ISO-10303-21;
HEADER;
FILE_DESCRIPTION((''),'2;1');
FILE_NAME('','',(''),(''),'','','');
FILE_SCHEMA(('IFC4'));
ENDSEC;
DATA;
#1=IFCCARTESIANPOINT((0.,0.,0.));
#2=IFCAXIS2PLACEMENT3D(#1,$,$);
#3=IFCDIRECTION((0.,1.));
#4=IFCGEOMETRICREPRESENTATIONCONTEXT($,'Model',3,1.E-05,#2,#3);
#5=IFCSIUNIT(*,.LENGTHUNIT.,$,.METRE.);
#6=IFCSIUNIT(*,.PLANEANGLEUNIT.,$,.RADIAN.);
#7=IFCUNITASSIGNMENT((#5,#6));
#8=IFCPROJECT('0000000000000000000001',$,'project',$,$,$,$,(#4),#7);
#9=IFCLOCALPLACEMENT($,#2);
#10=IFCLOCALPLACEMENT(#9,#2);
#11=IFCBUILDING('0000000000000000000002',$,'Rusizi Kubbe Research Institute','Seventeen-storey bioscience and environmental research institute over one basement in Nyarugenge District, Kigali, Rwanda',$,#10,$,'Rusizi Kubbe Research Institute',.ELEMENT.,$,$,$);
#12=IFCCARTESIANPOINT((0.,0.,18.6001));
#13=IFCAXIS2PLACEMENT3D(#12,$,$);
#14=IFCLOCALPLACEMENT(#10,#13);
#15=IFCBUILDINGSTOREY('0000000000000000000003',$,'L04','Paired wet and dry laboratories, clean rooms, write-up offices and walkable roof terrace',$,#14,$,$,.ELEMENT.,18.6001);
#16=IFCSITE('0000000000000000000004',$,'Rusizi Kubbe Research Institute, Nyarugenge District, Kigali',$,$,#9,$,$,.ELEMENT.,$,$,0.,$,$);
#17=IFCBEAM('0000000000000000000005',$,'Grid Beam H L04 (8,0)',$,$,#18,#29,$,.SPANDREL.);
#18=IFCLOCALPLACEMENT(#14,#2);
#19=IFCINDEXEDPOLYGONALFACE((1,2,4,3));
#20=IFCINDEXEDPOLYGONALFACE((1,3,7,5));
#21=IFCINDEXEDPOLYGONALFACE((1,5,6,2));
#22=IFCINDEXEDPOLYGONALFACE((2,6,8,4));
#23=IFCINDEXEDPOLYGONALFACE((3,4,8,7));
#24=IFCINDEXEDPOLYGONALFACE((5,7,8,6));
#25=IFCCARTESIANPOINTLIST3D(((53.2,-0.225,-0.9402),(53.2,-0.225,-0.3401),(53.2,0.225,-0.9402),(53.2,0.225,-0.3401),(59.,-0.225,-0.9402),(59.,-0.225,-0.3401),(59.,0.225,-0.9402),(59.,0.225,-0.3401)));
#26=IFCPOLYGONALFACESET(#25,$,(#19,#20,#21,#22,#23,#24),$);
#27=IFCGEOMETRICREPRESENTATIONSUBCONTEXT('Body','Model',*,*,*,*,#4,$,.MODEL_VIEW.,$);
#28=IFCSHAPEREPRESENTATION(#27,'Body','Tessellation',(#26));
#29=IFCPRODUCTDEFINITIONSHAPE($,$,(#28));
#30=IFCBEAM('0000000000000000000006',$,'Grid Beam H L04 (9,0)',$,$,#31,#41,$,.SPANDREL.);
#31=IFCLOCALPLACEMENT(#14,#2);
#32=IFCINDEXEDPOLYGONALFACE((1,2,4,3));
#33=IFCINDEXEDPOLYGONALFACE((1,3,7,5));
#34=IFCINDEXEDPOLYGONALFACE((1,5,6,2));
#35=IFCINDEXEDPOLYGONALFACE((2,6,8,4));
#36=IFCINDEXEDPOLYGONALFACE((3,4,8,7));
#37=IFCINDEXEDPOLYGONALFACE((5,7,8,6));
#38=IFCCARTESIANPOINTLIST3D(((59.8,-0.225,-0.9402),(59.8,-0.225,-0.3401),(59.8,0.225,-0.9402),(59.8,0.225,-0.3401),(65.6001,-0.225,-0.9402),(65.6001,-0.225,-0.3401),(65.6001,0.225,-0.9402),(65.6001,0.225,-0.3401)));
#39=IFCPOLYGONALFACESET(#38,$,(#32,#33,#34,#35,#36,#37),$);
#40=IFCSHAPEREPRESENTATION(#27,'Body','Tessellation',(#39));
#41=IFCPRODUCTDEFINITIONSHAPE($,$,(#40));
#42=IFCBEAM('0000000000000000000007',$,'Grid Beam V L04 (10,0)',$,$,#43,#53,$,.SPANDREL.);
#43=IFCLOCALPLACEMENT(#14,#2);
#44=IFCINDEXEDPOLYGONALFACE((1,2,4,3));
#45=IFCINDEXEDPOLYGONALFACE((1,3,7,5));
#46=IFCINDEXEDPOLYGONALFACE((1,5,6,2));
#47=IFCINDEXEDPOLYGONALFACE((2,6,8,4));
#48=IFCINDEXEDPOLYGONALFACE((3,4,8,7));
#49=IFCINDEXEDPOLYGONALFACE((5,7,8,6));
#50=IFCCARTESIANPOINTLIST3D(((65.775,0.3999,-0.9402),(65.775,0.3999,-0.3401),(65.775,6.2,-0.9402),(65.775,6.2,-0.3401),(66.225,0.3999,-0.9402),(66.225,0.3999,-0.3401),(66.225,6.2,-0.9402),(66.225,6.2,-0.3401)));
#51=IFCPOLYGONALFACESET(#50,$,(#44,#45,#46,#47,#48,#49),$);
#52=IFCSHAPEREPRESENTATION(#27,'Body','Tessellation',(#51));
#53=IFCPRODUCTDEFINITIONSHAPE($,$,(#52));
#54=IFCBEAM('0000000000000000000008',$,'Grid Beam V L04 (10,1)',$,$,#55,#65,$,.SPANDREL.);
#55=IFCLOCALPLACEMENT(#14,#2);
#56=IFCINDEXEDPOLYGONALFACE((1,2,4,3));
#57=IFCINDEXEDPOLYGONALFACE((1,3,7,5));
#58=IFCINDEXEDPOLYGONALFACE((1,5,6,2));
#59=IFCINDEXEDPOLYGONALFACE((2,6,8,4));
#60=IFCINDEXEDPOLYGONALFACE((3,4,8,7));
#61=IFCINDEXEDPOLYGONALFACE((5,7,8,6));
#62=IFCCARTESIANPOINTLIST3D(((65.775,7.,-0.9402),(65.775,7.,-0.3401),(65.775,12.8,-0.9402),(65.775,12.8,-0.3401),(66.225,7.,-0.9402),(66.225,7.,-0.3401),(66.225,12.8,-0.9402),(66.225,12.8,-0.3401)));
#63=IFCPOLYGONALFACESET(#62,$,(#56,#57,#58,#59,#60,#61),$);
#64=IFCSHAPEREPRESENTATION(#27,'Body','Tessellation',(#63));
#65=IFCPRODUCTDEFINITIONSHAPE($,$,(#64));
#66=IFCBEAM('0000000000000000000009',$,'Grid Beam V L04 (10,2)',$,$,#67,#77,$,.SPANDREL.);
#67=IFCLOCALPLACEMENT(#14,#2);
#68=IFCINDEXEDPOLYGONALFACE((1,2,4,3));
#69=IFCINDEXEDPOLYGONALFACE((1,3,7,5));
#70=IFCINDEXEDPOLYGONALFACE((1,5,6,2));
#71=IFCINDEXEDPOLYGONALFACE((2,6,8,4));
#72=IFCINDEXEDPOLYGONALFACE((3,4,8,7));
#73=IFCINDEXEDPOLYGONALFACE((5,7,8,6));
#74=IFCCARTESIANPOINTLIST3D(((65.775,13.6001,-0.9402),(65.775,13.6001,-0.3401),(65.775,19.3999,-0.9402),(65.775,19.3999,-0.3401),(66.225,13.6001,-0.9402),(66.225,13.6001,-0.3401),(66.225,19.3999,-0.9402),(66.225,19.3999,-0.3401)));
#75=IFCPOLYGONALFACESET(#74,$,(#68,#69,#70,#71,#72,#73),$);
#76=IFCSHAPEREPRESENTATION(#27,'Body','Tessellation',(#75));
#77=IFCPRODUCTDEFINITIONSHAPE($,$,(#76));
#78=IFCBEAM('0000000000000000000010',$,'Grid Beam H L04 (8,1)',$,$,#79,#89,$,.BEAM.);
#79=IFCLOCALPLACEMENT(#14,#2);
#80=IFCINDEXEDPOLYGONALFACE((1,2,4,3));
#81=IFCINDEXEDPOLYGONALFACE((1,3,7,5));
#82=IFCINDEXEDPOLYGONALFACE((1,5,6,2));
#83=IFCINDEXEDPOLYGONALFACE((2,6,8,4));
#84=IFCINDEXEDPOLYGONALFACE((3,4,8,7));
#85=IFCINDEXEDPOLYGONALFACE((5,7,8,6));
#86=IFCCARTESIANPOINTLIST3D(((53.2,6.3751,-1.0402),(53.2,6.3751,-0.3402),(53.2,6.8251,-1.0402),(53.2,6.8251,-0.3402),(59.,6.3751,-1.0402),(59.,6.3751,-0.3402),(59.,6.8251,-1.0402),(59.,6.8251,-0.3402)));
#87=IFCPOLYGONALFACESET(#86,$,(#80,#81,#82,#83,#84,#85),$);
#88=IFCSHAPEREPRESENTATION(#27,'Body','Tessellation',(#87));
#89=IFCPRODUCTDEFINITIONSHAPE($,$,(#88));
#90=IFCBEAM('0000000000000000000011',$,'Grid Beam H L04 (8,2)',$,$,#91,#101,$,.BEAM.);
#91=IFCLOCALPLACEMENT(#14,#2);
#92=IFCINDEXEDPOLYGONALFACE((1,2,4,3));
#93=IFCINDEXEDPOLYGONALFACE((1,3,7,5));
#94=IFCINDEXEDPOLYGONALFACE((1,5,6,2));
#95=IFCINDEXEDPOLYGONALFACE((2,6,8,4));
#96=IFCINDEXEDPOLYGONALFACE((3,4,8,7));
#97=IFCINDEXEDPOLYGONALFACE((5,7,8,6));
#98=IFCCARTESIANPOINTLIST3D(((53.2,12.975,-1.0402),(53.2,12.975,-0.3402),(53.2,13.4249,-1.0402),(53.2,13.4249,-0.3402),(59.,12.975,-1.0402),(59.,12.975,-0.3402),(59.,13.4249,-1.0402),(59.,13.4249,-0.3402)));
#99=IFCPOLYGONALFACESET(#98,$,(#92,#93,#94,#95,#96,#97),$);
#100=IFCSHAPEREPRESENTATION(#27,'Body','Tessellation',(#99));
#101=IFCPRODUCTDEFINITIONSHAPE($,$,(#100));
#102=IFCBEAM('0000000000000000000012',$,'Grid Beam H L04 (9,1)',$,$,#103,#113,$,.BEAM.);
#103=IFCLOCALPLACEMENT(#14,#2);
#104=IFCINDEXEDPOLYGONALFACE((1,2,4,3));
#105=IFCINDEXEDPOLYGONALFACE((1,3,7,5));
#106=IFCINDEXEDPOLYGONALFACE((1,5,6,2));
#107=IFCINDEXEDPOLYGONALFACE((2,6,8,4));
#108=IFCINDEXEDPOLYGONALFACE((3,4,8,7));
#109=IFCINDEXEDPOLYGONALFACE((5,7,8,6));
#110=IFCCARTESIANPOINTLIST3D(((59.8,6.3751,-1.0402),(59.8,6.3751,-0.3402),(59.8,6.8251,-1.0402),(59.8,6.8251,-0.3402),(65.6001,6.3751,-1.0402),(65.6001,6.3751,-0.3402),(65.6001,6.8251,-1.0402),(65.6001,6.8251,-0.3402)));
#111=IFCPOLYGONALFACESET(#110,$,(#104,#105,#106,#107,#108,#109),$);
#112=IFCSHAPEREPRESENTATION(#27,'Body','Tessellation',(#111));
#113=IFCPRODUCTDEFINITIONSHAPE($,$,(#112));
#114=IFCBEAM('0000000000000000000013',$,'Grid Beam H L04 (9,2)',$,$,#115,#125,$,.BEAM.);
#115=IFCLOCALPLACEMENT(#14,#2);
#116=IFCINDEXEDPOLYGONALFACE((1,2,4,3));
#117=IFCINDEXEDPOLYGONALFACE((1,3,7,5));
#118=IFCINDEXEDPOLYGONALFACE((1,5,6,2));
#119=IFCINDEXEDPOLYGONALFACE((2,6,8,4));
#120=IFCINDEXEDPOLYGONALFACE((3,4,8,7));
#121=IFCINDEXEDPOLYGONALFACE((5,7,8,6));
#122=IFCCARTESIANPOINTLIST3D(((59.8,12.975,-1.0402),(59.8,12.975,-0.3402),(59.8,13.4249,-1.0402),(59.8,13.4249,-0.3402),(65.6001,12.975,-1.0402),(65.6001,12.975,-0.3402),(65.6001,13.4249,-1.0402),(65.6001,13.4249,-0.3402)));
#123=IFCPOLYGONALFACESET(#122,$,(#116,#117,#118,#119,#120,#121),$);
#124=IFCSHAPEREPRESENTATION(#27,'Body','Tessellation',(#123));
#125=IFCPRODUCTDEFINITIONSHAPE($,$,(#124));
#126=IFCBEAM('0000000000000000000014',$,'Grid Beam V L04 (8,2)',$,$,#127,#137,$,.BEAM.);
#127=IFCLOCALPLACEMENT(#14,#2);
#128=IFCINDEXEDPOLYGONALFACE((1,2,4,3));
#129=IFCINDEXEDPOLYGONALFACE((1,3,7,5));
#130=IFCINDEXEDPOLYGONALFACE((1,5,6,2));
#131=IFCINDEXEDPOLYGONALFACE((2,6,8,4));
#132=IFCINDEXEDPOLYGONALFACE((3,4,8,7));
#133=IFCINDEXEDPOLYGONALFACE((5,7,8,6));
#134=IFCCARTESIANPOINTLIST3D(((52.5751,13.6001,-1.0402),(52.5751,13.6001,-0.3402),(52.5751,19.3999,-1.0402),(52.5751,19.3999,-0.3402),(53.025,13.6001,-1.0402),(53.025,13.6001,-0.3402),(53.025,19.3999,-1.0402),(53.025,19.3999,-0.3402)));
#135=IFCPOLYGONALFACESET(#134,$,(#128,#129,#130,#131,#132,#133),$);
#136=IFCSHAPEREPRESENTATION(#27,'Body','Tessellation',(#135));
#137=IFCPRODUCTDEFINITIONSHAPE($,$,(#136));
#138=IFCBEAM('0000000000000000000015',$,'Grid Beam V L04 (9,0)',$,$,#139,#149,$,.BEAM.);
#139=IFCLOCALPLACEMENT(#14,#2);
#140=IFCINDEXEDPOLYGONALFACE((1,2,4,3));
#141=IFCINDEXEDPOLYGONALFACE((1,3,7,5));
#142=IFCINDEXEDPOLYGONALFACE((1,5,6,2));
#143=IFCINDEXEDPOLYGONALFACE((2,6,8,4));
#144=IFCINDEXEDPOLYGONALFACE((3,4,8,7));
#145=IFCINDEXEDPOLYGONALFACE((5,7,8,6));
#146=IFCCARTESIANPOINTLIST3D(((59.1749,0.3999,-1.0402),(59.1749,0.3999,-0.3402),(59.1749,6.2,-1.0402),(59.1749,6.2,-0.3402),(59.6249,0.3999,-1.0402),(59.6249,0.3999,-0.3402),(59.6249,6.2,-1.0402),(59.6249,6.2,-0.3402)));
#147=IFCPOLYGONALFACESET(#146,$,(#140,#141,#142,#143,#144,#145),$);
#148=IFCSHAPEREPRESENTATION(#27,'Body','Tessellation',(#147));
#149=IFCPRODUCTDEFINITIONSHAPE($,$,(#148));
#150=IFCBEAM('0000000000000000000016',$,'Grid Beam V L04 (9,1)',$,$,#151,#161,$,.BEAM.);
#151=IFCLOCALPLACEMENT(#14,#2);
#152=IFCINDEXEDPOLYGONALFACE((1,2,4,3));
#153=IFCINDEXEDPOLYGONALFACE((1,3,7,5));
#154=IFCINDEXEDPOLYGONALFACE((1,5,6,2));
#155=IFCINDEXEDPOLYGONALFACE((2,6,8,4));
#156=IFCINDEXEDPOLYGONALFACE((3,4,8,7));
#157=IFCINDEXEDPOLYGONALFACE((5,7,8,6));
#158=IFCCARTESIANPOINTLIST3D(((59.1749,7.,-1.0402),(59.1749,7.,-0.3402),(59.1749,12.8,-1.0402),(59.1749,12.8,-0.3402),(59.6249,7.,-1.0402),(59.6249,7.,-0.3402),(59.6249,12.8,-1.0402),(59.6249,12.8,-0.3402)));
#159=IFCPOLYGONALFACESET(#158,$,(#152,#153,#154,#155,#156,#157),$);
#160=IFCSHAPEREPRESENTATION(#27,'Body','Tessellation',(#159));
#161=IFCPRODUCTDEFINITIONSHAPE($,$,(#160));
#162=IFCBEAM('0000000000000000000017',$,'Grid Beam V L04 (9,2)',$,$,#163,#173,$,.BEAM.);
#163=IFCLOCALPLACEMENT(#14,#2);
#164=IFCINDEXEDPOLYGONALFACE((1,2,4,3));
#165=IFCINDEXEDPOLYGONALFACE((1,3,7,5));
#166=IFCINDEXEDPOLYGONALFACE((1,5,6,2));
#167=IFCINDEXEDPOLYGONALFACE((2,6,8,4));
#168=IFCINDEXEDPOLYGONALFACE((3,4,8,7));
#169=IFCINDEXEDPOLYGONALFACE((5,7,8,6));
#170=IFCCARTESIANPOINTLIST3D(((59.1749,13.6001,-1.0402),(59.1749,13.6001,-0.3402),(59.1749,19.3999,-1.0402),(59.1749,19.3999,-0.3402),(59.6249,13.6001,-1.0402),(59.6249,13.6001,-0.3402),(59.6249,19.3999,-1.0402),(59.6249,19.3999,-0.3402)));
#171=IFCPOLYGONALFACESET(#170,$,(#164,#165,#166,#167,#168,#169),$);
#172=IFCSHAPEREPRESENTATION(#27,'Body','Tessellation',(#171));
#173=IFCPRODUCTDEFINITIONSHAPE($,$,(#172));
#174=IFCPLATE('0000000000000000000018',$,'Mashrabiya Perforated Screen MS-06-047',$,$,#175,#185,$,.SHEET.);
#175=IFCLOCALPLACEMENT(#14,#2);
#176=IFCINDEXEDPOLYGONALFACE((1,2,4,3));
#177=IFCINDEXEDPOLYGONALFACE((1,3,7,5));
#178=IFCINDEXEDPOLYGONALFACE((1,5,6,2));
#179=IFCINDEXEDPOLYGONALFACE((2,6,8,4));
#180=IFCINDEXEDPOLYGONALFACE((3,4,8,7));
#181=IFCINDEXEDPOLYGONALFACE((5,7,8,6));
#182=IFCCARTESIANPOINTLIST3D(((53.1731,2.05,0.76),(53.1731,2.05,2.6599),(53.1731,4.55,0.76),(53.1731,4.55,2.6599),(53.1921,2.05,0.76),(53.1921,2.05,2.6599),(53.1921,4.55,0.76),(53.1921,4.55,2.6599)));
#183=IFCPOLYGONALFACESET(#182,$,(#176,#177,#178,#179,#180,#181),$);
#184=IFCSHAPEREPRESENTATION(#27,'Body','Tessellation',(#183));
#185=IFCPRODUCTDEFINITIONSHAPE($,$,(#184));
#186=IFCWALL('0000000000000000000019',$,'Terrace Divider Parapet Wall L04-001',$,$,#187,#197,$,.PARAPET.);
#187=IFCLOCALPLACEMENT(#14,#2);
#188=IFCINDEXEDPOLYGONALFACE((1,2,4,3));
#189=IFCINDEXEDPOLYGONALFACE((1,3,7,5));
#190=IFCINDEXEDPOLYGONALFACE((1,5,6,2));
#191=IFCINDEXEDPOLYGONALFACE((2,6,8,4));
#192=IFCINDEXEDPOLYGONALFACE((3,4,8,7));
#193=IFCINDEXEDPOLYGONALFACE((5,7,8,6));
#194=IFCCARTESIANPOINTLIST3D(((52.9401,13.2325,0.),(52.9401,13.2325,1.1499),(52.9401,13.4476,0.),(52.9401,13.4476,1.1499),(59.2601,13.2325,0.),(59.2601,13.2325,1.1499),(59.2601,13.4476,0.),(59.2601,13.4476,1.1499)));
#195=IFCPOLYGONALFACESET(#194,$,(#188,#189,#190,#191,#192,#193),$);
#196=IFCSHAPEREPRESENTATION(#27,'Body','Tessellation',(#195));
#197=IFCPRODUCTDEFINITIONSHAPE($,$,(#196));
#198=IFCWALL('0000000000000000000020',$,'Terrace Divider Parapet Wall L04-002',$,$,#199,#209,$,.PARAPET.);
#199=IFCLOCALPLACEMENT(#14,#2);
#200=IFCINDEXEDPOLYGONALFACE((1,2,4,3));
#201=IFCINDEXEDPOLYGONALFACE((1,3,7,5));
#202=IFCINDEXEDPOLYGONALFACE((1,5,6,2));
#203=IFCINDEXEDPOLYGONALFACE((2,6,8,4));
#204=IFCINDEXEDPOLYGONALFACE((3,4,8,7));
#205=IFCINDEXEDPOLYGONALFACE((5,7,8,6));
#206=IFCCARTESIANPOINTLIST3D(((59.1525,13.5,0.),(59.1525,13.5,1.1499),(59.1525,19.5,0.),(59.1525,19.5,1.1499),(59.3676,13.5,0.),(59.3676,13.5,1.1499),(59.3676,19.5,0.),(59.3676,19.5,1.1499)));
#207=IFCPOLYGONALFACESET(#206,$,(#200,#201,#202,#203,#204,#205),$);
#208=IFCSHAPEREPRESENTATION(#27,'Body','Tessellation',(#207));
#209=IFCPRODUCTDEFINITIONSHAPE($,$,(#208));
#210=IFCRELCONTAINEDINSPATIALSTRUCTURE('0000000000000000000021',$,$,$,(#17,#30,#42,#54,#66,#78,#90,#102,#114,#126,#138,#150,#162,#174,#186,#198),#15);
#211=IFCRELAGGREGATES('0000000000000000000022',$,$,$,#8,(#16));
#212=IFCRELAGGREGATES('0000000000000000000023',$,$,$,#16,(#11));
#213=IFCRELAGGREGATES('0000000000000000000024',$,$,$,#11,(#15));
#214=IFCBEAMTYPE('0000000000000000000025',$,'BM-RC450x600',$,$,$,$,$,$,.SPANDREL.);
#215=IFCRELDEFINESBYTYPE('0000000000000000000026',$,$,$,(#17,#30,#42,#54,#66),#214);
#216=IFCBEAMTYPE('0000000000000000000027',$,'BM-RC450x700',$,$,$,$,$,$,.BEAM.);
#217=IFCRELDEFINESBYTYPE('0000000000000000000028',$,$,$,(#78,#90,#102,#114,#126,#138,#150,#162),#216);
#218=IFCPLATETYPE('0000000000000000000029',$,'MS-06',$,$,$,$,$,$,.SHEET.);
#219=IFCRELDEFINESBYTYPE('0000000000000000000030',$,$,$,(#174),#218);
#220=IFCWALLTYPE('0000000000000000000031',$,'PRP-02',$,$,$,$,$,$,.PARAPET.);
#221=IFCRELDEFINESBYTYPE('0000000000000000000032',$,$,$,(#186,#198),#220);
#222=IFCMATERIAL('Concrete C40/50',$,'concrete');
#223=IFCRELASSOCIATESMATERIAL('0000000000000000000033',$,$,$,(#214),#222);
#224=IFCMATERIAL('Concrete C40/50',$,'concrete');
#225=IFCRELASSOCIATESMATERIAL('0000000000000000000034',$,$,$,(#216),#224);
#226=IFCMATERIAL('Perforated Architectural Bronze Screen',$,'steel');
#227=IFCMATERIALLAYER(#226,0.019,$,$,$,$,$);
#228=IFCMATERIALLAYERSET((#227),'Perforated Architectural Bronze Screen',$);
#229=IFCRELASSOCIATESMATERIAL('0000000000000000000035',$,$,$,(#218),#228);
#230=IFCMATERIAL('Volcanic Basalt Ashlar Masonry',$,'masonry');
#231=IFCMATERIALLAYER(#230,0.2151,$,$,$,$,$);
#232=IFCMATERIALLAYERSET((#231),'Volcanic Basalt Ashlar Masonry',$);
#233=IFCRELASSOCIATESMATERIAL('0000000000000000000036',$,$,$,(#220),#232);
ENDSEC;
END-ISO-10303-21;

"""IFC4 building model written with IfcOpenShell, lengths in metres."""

from ifc_helpers import new_model, si_unit, direction, frame, frame_2d, origin, origin_2d, place, context, subcontext, project, spatial, rectangle, extrude, material, layer, layer_set, material_profile, profile_set, type_object, element, save


model = new_model("IFC4")

# Units and contexts
model_context = context("Model", 3, precision=1e-05, world=origin(), true_north=direction((0.0, 1.0)))
body_context = subcontext(model_context, "Body", "Model", "MODEL_VIEW")
ifc_project = project(units=[si_unit("LENGTHUNIT", "METRE"), si_unit("PLANEANGLEUNIT", "RADIAN")], contexts=[model_context])

# Site, building, storey
site_placement = place(None, origin())
site = spatial("IfcSite", under=ifc_project, at=site_placement, Name="Rusizi Kubbe Research Institute, Nyarugenge District, Kigali", CompositionType="ELEMENT", RefElevation=0.0)
building_placement = place(site_placement, origin())
building = spatial("IfcBuilding", under=site, at=building_placement, Name="Rusizi Kubbe Research Institute", Description="Seventeen-storey bioscience and environmental research institute over one basement in Nyarugenge District, Kigali, Rwanda", LongName="Rusizi Kubbe Research Institute", CompositionType="ELEMENT")
storey_placement = place(building_placement, frame((0.0, 0.0, 18.6001)))
storey = spatial("IfcBuildingStorey", under=building, at=storey_placement, Name="L04", Description="Paired wet and dry laboratories, clean rooms, write-up offices and walkable roof terrace", CompositionType="ELEMENT", Elevation=18.6001)

# Beams
ifc_material_1 = material(Name="Concrete C40/50", Category="concrete")
ifc_material_profile_1 = material_profile(ifc_material_1, rectangle(XDim=0.45, YDim=0.6001, at=origin_2d()), Name="RC450x600")
ifc_profile_set_1 = profile_set([ifc_material_profile_1], Name="Concrete C40/50")
beam_type_1 = type_object("IfcBeamType", Name="BM-RC450x600", PredefinedType="SPANDREL", material=ifc_profile_set_1)
for number, where, z_axis, x_axis, name in (
    (1, (53.2, 0.0, -0.6401), (1.0, 0.0, 0.0), (0.0, 1.0, 0.0), "Grid Beam H L04 (8,0)"),
    (2, (59.8, 0.0, -0.6401), (1.0, 0.0, 0.0), (0.0, 1.0, 0.0), "Grid Beam H L04 (9,0)"),
    (3, (66.0, 0.3999, -0.6401), (0.0, 1.0, 0.0), (-1.0, 0.0, 0.0), "Grid Beam V L04 (10,0)"),
    (4, (66.0, 7.0, -0.6401), (0.0, 1.0, 0.0), (-1.0, 0.0, 0.0), "Grid Beam V L04 (10,1)"),
):
    element("IfcBeam", number, at=place(storey_placement, frame(where, z_axis=z_axis, x_axis=x_axis)), inside=storey, type_object=beam_type_1, Name=name, PredefinedType="SPANDREL", context=body_context, shape_type="SweptSolid", body=[
        extrude(rectangle(XDim=0.45, YDim=0.6001, at=origin_2d()), origin(), (0.0, 0.0, 1.0), 5.8),
    ])
beam_1_placement = place(storey_placement, frame((66.0, 13.6001, -0.6401), z_axis=(0.0, 1.0, 0.0), x_axis=(-1.0, 0.0, 0.0)))
element("IfcBeam", 5, at=beam_1_placement, inside=storey, type_object=beam_type_1, Name="Grid Beam V L04 (10,2)", PredefinedType="SPANDREL", context=body_context, shape_type="SweptSolid", body=[
    extrude(rectangle(XDim=0.45, YDim=0.6001, at=origin_2d()), origin(), (0.0, 0.0, 1.0), 5.7998),
])
ifc_material_2 = material(Name="Concrete C40/50", Category="concrete")
ifc_material_profile_2 = material_profile(ifc_material_2, rectangle(XDim=0.45, YDim=0.7, at=origin_2d()), Name="RC450x700B")
ifc_profile_set_2 = profile_set([ifc_material_profile_2], Name="Concrete C40/50")
beam_type_2 = type_object("IfcBeamType", Name="BM-RC450x700", PredefinedType="BEAM", material=ifc_profile_set_2)
for number, where, z_axis, x_axis, name in (
    (6, (53.2, 6.6001, -0.6902), (1.0, 0.0, 0.0), (0.0, 1.0, 0.0), "Grid Beam H L04 (8,1)"),
    (7, (53.2, 13.2, -0.6902), (1.0, 0.0, 0.0), (0.0, 1.0, 0.0), "Grid Beam H L04 (8,2)"),
    (8, (59.8, 6.6001, -0.6902), (1.0, 0.0, 0.0), (0.0, 1.0, 0.0), "Grid Beam H L04 (9,1)"),
    (9, (59.8, 13.2, -0.6902), (1.0, 0.0, 0.0), (0.0, 1.0, 0.0), "Grid Beam H L04 (9,2)"),
):
    element("IfcBeam", number, at=place(storey_placement, frame(where, z_axis=z_axis, x_axis=x_axis)), inside=storey, type_object=beam_type_2, Name=name, PredefinedType="BEAM", context=body_context, shape_type="SweptSolid", body=[
        extrude(rectangle(XDim=0.45, YDim=0.7, at=origin_2d()), origin(), (0.0, 0.0, 1.0), 5.8),
    ])
beam_2_placement = place(storey_placement, frame((52.8, 13.6001, -0.6902), z_axis=(0.0, 1.0, 0.0), x_axis=(-1.0, 0.0, 0.0)))
element("IfcBeam", 10, at=beam_2_placement, inside=storey, type_object=beam_type_2, Name="Grid Beam V L04 (8,2)", PredefinedType="BEAM", context=body_context, shape_type="SweptSolid", body=[
    extrude(rectangle(XDim=0.45, YDim=0.7, at=origin_2d()), origin(), (0.0, 0.0, 1.0), 5.7998),
])
for number, where, z_axis, x_axis, name in (
    (11, (59.3999, 0.3999, -0.6902), (0.0, 1.0, 0.0), (-1.0, 0.0, 0.0), "Grid Beam V L04 (9,0)"),
    (12, (59.3999, 7.0, -0.6902), (0.0, 1.0, 0.0), (-1.0, 0.0, 0.0), "Grid Beam V L04 (9,1)"),
):
    element("IfcBeam", number, at=place(storey_placement, frame(where, z_axis=z_axis, x_axis=x_axis)), inside=storey, type_object=beam_type_2, Name=name, PredefinedType="BEAM", context=body_context, shape_type="SweptSolid", body=[
        extrude(rectangle(XDim=0.45, YDim=0.7, at=origin_2d()), origin(), (0.0, 0.0, 1.0), 5.8),
    ])
beam_3_placement = place(storey_placement, frame((59.3999, 13.6001, -0.6902), z_axis=(0.0, 1.0, 0.0), x_axis=(-1.0, 0.0, 0.0)))
element("IfcBeam", 13, at=beam_3_placement, inside=storey, type_object=beam_type_2, Name="Grid Beam V L04 (9,2)", PredefinedType="BEAM", context=body_context, shape_type="SweptSolid", body=[
    extrude(rectangle(XDim=0.45, YDim=0.7, at=origin_2d()), origin(), (0.0, 0.0, 1.0), 5.7998),
])

# Plate
ifc_material_3 = material(Name="Perforated Architectural Bronze Screen", Category="steel")
ifc_layer_1 = layer(ifc_material_3, 0.019)
ifc_layer_set_1 = layer_set([ifc_layer_1], Name="Perforated Architectural Bronze Screen")
plate_type = type_object("IfcPlateType", Name="MS-06", PredefinedType="SHEET", material=ifc_layer_set_1)
plate_placement = place(storey_placement, frame((53.1826, 3.3, 0.76), z_axis=(0.0, 0.0, 1.0), x_axis=(0.0, 1.0, 0.0)))
element("IfcPlate", 14, at=plate_placement, inside=storey, type_object=plate_type, Name="Mashrabiya Perforated Screen MS-06-047", PredefinedType="SHEET", context=body_context, shape_type="SweptSolid", body=[
    extrude(rectangle(XDim=2.5, YDim=0.019, at=origin_2d()), origin(), (0.0, 0.0, 1.0), 1.8999),
])

# Walls
ifc_material_4 = material(Name="Volcanic Basalt Ashlar Masonry", Category="masonry")
ifc_layer_2 = layer(ifc_material_4, 0.2151)
ifc_layer_set_2 = layer_set([ifc_layer_2], Name="Volcanic Basalt Ashlar Masonry")
wall_type = type_object("IfcWallType", Name="PRP-02", PredefinedType="PARAPET", material=ifc_layer_set_2)
wall_placement = place(storey_placement, frame((52.9399, 13.3401, 0.0), z_axis=(0.0, 0.0, 1.0), x_axis=(1.0, 0.0, 0.0)))
element("IfcWall", 15, at=wall_placement, inside=storey, type_object=wall_type, Name="Terrace Divider Parapet Wall L04-001", PredefinedType="PARAPET", context=body_context, shape_type="SweptSolid", body=[
    extrude(rectangle(XDim=6.3201, YDim=0.2151, at=frame_2d((3.1602, 0.0))), origin(), (0.0, 0.0, 1.0), 1.1499),
])
for number, where, z_axis, x_axis, name in (
    (16, (59.26, 13.5, 0.0), (0.0, 0.0, 1.0), (0.0, 1.0, 0.0), "Terrace Divider Parapet Wall L04-002"),
):
    element("IfcWall", number, at=place(storey_placement, frame(where, z_axis=z_axis, x_axis=x_axis)), inside=storey, type_object=wall_type, Name=name, PredefinedType="PARAPET", context=body_context, shape_type="SweptSolid", body=[
        extrude(rectangle(XDim=6.0, YDim=0.2151, at=frame_2d((3.0, 0.0))), origin(), (0.0, 0.0, 1.0), 1.1499),
    ])

save(model, "model.ifc")
